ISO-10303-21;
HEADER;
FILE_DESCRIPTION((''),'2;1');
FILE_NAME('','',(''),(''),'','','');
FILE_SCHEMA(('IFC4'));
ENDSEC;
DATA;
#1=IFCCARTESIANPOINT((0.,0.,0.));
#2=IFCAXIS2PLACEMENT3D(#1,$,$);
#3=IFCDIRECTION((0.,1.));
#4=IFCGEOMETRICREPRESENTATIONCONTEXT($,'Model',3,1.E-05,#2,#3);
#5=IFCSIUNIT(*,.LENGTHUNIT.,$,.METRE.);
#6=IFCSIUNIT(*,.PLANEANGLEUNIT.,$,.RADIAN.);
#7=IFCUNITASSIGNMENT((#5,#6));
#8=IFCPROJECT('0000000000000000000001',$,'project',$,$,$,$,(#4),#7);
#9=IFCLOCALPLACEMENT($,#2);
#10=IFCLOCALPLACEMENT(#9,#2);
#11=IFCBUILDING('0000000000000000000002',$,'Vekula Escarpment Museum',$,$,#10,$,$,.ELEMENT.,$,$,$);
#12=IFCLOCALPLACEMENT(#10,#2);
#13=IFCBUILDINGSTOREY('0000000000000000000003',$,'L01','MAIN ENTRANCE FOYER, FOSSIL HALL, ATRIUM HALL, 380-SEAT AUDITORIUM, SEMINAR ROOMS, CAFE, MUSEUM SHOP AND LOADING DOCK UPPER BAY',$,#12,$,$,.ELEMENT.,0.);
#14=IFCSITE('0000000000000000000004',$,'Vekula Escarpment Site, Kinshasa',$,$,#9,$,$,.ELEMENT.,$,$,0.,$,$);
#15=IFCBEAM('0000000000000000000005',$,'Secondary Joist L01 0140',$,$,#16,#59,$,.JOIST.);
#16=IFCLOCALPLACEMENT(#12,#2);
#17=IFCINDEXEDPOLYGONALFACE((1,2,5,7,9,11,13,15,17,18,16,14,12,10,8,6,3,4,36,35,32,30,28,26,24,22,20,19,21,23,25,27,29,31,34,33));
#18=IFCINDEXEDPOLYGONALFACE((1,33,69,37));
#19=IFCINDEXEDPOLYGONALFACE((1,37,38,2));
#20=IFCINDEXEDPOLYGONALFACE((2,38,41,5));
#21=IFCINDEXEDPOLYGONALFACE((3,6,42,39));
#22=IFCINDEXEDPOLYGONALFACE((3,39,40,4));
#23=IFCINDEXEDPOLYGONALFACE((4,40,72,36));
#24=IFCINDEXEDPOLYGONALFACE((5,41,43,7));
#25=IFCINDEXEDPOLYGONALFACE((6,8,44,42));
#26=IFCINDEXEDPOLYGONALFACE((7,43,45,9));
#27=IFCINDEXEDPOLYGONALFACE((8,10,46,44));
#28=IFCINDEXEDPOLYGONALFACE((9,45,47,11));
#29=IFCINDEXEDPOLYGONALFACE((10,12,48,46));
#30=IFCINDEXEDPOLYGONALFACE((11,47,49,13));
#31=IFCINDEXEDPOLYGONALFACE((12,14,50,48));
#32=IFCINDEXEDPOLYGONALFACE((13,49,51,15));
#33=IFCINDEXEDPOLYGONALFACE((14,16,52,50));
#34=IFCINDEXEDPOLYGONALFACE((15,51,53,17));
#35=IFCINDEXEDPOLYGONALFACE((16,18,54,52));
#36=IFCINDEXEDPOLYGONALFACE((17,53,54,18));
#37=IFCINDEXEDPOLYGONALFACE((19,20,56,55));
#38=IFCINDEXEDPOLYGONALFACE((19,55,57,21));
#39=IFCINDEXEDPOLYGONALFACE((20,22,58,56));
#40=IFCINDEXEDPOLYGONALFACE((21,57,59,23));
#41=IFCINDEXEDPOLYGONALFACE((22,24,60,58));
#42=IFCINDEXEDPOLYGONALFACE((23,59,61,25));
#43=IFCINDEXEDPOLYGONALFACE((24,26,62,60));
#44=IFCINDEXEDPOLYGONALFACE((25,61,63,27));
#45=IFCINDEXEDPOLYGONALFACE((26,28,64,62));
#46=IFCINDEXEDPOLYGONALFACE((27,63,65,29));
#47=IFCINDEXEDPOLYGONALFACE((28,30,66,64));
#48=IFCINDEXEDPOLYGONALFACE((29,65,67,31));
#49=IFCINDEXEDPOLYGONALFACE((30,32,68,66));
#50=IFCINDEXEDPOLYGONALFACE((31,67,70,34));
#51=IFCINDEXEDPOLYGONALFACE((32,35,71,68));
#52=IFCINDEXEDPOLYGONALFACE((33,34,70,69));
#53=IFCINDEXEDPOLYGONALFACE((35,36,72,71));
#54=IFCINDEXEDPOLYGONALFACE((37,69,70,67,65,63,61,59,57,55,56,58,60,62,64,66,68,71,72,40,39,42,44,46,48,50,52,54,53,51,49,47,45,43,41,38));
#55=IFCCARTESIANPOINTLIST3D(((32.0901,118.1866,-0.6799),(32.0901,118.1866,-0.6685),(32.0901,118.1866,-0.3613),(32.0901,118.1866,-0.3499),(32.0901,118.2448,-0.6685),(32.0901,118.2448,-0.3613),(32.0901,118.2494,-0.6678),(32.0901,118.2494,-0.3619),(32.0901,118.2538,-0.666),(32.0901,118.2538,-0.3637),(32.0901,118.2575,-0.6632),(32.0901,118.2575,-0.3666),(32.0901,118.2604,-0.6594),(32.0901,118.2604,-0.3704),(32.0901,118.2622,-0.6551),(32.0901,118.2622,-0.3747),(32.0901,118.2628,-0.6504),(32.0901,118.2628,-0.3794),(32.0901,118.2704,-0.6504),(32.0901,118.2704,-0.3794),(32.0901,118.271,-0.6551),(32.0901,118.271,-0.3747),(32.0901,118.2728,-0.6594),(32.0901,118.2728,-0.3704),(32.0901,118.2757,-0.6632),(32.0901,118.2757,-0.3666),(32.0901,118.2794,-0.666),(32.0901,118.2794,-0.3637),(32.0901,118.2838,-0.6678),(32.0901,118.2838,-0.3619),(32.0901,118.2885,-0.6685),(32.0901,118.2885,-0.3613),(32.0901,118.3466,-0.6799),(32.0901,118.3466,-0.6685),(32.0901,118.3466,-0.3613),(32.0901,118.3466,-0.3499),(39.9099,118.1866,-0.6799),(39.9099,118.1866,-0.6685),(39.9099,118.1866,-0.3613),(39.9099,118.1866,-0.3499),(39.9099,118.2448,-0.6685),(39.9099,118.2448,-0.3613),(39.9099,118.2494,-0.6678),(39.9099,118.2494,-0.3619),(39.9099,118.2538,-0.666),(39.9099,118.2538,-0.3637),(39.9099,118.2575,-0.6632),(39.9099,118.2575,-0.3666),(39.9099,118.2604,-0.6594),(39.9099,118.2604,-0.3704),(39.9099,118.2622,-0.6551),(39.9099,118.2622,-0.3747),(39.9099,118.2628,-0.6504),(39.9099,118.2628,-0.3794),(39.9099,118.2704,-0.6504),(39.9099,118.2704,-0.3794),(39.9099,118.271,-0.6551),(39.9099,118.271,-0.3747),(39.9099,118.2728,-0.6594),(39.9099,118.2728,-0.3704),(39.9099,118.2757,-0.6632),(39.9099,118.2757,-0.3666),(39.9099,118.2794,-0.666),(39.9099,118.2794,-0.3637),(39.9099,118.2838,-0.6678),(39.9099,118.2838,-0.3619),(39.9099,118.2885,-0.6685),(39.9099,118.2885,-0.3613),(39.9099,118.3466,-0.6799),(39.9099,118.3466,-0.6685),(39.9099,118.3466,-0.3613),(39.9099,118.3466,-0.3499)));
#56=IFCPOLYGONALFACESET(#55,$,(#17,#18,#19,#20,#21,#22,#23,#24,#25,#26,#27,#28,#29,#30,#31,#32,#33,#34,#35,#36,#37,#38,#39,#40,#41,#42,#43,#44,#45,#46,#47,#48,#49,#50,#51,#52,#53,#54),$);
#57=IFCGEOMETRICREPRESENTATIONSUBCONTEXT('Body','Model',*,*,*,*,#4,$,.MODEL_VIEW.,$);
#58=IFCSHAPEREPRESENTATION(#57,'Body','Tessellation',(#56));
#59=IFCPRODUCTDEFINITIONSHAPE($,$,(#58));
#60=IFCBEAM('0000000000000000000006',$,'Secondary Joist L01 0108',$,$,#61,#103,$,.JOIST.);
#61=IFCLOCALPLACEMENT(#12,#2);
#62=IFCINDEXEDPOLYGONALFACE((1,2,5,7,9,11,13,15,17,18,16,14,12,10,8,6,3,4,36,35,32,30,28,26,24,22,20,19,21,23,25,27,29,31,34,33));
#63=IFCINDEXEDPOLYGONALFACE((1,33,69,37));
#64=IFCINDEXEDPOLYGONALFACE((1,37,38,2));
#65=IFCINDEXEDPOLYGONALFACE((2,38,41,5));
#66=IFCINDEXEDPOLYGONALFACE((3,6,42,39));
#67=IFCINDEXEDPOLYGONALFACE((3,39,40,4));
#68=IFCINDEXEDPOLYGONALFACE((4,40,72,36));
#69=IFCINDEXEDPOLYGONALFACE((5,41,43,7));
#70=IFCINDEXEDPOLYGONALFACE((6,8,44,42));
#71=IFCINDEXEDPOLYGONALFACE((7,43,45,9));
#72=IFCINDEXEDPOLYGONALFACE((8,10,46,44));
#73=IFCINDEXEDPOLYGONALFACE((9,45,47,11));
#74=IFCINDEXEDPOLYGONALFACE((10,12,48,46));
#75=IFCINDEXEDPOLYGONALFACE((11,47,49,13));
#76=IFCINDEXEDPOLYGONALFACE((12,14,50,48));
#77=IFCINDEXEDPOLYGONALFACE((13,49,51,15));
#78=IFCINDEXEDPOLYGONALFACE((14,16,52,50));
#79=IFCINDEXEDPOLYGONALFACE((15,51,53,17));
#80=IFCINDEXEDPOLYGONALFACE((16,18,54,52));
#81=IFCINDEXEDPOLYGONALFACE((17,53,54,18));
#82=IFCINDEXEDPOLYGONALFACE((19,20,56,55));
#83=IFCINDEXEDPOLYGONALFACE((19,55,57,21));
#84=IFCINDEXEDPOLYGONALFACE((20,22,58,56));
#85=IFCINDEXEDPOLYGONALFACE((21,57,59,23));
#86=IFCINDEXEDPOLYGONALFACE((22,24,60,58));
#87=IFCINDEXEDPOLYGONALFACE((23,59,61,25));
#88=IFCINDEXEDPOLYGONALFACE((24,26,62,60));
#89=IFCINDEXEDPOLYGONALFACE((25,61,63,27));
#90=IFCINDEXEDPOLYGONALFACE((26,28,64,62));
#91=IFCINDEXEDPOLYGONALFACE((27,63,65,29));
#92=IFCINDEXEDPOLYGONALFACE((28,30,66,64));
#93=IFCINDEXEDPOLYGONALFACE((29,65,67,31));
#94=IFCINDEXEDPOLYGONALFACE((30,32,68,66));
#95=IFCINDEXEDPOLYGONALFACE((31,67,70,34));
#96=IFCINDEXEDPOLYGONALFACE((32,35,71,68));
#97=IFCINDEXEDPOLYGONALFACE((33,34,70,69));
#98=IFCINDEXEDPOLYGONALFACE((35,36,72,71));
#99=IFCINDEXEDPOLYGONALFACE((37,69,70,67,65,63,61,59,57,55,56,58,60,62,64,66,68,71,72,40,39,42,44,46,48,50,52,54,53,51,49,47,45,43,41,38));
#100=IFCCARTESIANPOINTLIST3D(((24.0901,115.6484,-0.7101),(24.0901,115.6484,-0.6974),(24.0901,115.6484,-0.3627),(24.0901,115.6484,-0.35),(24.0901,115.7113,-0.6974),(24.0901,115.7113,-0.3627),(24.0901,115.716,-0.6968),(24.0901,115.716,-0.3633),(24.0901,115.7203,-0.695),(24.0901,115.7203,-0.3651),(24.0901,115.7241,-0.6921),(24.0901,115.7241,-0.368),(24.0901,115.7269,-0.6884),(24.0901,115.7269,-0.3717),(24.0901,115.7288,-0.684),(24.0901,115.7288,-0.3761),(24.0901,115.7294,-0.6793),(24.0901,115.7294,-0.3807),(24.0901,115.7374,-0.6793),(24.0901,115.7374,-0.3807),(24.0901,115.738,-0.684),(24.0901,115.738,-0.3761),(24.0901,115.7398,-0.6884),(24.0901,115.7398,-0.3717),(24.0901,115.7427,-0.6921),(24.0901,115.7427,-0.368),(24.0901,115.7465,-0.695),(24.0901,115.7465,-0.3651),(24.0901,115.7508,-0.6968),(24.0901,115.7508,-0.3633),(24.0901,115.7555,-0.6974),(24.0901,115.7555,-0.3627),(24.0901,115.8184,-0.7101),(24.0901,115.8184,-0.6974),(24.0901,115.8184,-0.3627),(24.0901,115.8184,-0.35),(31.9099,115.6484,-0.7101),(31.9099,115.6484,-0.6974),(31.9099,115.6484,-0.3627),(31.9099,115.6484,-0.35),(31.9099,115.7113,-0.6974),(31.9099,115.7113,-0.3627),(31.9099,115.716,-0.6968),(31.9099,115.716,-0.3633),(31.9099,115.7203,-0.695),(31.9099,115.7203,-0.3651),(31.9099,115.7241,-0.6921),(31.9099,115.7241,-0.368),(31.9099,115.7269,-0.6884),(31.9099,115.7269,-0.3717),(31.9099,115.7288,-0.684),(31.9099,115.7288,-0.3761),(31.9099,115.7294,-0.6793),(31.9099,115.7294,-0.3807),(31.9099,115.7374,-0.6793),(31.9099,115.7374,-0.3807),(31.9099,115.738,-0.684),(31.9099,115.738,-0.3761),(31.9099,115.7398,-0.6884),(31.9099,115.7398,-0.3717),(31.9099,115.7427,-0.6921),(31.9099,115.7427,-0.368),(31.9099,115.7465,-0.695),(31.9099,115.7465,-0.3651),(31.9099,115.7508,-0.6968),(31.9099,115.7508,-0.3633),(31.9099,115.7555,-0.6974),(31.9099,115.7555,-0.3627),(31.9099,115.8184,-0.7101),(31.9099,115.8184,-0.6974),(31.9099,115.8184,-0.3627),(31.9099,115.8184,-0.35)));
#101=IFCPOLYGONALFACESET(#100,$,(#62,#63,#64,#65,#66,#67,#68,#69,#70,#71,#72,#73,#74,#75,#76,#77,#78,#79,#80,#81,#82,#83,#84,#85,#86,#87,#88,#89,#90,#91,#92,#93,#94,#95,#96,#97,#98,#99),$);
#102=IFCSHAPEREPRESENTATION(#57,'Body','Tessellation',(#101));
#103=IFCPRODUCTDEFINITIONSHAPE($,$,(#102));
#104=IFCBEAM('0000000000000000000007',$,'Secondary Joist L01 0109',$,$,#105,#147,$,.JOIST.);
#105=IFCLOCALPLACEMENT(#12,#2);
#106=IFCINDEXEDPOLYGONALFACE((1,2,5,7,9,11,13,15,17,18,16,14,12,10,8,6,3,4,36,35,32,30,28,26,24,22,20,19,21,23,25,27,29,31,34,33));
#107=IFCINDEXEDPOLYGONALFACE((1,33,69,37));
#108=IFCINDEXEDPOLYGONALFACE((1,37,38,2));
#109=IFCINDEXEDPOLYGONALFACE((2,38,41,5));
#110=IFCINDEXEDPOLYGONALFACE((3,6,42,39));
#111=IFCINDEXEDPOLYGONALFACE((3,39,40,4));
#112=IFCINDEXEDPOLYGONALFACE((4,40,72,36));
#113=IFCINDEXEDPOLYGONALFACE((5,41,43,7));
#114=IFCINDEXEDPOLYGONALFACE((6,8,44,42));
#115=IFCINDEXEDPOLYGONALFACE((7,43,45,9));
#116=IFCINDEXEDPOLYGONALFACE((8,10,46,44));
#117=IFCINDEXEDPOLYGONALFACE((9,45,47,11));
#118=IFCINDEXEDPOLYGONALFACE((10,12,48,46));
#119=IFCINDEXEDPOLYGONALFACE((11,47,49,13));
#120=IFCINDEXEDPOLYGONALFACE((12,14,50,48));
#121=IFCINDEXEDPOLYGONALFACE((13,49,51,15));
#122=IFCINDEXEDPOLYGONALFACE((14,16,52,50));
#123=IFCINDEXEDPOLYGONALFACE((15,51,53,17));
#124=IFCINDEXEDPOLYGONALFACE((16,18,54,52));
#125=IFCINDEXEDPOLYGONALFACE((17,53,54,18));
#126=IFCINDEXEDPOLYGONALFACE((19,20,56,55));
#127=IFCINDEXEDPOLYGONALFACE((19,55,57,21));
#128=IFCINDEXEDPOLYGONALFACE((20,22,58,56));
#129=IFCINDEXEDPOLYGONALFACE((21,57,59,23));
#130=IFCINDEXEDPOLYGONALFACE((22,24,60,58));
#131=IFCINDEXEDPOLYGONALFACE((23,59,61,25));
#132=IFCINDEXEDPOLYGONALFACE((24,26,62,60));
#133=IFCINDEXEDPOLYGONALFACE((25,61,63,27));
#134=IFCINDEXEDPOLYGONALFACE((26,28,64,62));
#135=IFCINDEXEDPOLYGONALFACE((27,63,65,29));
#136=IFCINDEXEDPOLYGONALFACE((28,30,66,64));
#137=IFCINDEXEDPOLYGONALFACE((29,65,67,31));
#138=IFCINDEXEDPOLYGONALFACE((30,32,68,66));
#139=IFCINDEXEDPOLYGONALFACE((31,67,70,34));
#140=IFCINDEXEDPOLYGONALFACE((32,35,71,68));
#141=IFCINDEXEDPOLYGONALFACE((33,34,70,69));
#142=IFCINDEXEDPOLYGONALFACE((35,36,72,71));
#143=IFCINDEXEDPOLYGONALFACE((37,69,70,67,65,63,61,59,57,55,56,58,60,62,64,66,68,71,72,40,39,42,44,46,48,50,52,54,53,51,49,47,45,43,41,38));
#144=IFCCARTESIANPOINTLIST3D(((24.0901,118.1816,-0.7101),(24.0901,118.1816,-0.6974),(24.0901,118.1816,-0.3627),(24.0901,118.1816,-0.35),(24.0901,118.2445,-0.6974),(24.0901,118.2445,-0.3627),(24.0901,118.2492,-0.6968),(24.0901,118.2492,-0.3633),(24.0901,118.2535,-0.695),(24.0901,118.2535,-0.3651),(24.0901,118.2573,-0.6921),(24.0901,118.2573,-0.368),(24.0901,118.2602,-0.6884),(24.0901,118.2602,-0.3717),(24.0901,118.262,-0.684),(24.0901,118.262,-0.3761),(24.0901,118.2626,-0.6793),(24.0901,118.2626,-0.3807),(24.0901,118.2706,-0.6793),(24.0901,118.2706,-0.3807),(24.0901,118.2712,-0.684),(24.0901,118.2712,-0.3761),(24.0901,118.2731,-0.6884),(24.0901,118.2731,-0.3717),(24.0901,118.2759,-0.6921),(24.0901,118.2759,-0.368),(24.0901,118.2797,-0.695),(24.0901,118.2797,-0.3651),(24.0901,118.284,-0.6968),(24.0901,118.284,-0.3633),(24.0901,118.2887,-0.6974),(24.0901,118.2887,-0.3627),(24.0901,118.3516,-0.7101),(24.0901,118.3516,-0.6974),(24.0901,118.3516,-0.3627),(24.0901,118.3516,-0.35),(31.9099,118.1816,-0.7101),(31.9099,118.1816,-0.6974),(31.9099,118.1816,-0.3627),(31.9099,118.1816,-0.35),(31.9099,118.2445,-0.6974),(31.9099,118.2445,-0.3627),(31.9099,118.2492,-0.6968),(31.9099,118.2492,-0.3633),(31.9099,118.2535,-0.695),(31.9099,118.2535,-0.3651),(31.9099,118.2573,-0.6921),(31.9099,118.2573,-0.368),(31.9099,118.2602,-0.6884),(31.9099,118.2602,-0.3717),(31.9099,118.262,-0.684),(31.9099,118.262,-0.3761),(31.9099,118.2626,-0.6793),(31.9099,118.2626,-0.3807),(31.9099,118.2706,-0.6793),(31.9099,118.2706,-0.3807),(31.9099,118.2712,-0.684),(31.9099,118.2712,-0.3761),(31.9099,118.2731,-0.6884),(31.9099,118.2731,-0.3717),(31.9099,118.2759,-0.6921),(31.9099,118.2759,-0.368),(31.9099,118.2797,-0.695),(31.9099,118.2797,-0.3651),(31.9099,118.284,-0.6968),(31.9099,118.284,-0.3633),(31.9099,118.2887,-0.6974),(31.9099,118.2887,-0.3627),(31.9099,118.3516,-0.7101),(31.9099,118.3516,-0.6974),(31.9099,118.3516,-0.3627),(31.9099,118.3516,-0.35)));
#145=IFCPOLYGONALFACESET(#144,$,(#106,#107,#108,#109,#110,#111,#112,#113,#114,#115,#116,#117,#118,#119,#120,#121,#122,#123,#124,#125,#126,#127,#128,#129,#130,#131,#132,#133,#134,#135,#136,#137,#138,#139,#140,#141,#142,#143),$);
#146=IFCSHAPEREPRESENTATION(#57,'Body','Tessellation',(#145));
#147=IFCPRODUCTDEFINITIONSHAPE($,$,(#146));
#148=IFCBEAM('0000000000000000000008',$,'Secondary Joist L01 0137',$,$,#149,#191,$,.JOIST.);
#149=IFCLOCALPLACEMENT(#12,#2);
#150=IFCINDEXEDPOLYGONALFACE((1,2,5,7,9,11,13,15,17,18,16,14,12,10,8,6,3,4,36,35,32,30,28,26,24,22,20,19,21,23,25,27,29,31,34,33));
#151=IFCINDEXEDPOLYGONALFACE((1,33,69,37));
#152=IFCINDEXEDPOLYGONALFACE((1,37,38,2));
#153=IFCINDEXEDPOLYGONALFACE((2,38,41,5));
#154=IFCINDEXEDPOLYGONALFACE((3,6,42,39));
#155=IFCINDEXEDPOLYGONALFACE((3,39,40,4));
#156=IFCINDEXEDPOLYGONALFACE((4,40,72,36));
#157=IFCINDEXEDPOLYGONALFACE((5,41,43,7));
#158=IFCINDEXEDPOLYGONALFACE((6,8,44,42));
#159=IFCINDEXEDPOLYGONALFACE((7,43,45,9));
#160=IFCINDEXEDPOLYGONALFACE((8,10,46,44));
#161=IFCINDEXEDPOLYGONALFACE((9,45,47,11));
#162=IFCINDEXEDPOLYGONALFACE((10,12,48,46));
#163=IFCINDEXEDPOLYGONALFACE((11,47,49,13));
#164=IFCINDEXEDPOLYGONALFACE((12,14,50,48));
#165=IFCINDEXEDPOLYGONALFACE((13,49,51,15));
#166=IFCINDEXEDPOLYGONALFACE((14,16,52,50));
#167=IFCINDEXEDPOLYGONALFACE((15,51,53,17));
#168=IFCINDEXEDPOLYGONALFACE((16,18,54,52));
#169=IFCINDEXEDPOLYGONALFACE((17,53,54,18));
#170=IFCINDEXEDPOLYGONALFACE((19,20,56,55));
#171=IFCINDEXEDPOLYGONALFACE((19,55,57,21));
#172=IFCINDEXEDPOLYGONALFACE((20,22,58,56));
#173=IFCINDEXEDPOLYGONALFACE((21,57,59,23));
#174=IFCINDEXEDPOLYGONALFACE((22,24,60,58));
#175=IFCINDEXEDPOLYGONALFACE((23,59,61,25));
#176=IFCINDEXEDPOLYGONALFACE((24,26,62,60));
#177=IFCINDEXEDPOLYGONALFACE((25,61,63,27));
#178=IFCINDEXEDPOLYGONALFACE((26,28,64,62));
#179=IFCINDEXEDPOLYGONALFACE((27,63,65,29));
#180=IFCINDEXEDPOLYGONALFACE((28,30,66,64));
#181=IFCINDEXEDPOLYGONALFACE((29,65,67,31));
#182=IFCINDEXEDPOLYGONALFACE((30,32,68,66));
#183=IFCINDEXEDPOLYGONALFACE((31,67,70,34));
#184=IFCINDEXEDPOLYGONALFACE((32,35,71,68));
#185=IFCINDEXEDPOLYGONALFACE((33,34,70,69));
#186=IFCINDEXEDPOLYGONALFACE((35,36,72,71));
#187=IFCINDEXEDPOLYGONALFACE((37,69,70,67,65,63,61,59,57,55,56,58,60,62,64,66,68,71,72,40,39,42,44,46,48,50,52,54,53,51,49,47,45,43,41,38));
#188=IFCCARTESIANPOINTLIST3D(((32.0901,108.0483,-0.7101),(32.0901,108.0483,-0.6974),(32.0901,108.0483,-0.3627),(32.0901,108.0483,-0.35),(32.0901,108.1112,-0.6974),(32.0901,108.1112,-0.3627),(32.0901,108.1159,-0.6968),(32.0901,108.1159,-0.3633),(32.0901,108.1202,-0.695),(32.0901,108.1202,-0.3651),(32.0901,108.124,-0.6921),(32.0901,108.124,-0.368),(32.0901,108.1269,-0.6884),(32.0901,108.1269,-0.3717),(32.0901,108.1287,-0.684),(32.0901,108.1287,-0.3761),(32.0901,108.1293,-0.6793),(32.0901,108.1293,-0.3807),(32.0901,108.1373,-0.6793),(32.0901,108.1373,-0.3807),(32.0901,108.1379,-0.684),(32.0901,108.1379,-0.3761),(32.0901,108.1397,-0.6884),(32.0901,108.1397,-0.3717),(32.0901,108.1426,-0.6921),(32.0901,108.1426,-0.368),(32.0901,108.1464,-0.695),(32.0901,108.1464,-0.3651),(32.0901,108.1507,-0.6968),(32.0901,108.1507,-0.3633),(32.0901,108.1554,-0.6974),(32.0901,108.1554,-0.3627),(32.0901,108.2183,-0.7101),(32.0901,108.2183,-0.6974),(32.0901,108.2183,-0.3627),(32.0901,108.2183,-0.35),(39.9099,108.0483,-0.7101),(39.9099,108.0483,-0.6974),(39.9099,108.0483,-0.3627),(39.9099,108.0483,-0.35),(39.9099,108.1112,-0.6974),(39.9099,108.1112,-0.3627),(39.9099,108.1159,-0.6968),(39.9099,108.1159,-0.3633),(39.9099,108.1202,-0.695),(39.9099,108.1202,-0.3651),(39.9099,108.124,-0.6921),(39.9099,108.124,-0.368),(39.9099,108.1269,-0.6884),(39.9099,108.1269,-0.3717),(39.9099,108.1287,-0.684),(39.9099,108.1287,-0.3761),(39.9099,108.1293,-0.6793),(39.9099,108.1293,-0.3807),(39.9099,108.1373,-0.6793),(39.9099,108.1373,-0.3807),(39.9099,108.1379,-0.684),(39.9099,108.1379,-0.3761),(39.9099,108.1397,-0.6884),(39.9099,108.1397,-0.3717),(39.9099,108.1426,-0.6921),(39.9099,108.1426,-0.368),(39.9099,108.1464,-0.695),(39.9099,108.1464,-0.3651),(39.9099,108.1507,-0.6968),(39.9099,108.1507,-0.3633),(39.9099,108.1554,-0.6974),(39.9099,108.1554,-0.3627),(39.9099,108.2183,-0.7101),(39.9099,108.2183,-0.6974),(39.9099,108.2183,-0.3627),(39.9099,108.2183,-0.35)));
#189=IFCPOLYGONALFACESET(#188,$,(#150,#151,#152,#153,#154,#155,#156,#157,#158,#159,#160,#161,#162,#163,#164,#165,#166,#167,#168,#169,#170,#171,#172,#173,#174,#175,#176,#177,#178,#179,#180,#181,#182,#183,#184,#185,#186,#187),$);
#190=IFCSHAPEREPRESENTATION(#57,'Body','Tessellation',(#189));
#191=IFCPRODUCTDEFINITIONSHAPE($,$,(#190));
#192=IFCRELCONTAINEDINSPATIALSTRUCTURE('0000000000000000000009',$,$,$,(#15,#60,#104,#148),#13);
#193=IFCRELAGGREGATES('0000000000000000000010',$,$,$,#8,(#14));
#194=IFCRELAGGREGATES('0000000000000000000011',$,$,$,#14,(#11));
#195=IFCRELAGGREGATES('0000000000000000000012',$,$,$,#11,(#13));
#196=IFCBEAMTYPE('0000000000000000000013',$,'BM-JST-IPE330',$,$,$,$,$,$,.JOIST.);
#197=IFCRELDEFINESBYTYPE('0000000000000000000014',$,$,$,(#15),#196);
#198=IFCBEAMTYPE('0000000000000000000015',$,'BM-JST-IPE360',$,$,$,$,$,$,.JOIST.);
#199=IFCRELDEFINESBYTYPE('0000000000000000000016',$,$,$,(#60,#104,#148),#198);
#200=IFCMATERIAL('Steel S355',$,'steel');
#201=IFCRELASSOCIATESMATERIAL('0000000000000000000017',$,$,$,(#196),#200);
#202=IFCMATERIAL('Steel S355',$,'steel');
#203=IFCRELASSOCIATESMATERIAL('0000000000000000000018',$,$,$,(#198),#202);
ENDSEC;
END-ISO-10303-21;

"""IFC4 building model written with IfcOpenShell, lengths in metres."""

from ifc_helpers import new_model, si_unit, direction, frame, origin, origin_2d, place, context, subcontext, project, spatial, i_section, extrude, material, material_profile, profile_set, type_object, element, save


model = new_model("IFC4")

# Units and contexts
model_context = context("Model", 3, precision=1e-05, world=origin(), true_north=direction((0.0, 1.0)))
body_context = subcontext(model_context, "Body", "Model", "MODEL_VIEW")
ifc_project = project(units=[si_unit("LENGTHUNIT", "METRE"), si_unit("PLANEANGLEUNIT", "RADIAN")], contexts=[model_context])

# Site, building, storey
site_placement = place(None, origin())
site = spatial("IfcSite", under=ifc_project, at=site_placement, Name="Vekula Escarpment Site, Kinshasa", CompositionType="ELEMENT", RefElevation=0.0)
building_placement = place(site_placement, origin())
building = spatial("IfcBuilding", under=site, at=building_placement, Name="Vekula Escarpment Museum", CompositionType="ELEMENT")
storey_placement = place(building_placement, origin())
storey = spatial("IfcBuildingStorey", under=building, at=storey_placement, Name="L01", Description="MAIN ENTRANCE FOYER, FOSSIL HALL, ATRIUM HALL, 380-SEAT AUDITORIUM, SEMINAR ROOMS, CAFE, MUSEUM SHOP AND LOADING DOCK UPPER BAY", CompositionType="ELEMENT", Elevation=0.0)

# Beams
ifc_material_1 = material(Name="Steel S355", Category="steel")
ifc_material_profile_1 = material_profile(ifc_material_1, i_section(OverallWidth=0.1599, OverallDepth=0.3301, WebThickness=0.0076, FlangeThickness=0.0115, FilletRadius=0.0181, at=origin_2d()), Name="IPE 330")
ifc_profile_set_1 = profile_set([ifc_material_profile_1], Name="Steel S355")
beam_type_1 = type_object("IfcBeamType", Name="BM-JST-IPE330", PredefinedType="JOIST", material=ifc_profile_set_1)
for number, where, z_axis, x_axis, name in (
    (1, (32.0901, 118.2666, -0.5149), (1.0, 0.0, 0.0), (0.0, 1.0, 0.0), "Secondary Joist L01 0140"),
):
    element("IfcBeam", number, at=place(storey_placement, frame(where, z_axis=z_axis, x_axis=x_axis)), inside=storey, type_object=beam_type_1, Name=name, PredefinedType="JOIST", context=body_context, shape_type="SweptSolid", body=[
        extrude(i_section(OverallWidth=0.1599, OverallDepth=0.3301, WebThickness=0.0076, FlangeThickness=0.0115, FilletRadius=0.0181, at=origin_2d()), origin(), (0.0, 0.0, 1.0), 7.8198),
    ])
ifc_material_2 = material(Name="Steel S355", Category="steel")
ifc_material_profile_2 = material_profile(ifc_material_2, i_section(OverallWidth=0.1699, OverallDepth=0.3601, WebThickness=0.0081, FlangeThickness=0.0127, FilletRadius=0.0181, at=origin_2d()), Name="IPE 360")
ifc_profile_set_2 = profile_set([ifc_material_profile_2], Name="Steel S355")
beam_type_2 = type_object("IfcBeamType", Name="BM-JST-IPE360", PredefinedType="JOIST", material=ifc_profile_set_2)
for number, where, z_axis, x_axis, name in (
    (2, (24.0901, 115.7334, -0.53), (1.0, 0.0, 0.0), (0.0, 1.0, 0.0), "Secondary Joist L01 0108"),
    (3, (24.0901, 118.2666, -0.53), (1.0, 0.0, 0.0), (0.0, 1.0, 0.0), "Secondary Joist L01 0109"),
    (4, (32.0901, 108.1333, -0.53), (1.0, 0.0, 0.0), (0.0, 1.0, 0.0), "Secondary Joist L01 0137"),
):
    element("IfcBeam", number, at=place(storey_placement, frame(where, z_axis=z_axis, x_axis=x_axis)), inside=storey, type_object=beam_type_2, Name=name, PredefinedType="JOIST", context=body_context, shape_type="SweptSolid", body=[
        extrude(i_section(OverallWidth=0.1699, OverallDepth=0.3601, WebThickness=0.0081, FlangeThickness=0.0127, FilletRadius=0.0181, at=origin_2d()), origin(), (0.0, 0.0, 1.0), 7.8198),
    ])

save(model, "model.ifc")
